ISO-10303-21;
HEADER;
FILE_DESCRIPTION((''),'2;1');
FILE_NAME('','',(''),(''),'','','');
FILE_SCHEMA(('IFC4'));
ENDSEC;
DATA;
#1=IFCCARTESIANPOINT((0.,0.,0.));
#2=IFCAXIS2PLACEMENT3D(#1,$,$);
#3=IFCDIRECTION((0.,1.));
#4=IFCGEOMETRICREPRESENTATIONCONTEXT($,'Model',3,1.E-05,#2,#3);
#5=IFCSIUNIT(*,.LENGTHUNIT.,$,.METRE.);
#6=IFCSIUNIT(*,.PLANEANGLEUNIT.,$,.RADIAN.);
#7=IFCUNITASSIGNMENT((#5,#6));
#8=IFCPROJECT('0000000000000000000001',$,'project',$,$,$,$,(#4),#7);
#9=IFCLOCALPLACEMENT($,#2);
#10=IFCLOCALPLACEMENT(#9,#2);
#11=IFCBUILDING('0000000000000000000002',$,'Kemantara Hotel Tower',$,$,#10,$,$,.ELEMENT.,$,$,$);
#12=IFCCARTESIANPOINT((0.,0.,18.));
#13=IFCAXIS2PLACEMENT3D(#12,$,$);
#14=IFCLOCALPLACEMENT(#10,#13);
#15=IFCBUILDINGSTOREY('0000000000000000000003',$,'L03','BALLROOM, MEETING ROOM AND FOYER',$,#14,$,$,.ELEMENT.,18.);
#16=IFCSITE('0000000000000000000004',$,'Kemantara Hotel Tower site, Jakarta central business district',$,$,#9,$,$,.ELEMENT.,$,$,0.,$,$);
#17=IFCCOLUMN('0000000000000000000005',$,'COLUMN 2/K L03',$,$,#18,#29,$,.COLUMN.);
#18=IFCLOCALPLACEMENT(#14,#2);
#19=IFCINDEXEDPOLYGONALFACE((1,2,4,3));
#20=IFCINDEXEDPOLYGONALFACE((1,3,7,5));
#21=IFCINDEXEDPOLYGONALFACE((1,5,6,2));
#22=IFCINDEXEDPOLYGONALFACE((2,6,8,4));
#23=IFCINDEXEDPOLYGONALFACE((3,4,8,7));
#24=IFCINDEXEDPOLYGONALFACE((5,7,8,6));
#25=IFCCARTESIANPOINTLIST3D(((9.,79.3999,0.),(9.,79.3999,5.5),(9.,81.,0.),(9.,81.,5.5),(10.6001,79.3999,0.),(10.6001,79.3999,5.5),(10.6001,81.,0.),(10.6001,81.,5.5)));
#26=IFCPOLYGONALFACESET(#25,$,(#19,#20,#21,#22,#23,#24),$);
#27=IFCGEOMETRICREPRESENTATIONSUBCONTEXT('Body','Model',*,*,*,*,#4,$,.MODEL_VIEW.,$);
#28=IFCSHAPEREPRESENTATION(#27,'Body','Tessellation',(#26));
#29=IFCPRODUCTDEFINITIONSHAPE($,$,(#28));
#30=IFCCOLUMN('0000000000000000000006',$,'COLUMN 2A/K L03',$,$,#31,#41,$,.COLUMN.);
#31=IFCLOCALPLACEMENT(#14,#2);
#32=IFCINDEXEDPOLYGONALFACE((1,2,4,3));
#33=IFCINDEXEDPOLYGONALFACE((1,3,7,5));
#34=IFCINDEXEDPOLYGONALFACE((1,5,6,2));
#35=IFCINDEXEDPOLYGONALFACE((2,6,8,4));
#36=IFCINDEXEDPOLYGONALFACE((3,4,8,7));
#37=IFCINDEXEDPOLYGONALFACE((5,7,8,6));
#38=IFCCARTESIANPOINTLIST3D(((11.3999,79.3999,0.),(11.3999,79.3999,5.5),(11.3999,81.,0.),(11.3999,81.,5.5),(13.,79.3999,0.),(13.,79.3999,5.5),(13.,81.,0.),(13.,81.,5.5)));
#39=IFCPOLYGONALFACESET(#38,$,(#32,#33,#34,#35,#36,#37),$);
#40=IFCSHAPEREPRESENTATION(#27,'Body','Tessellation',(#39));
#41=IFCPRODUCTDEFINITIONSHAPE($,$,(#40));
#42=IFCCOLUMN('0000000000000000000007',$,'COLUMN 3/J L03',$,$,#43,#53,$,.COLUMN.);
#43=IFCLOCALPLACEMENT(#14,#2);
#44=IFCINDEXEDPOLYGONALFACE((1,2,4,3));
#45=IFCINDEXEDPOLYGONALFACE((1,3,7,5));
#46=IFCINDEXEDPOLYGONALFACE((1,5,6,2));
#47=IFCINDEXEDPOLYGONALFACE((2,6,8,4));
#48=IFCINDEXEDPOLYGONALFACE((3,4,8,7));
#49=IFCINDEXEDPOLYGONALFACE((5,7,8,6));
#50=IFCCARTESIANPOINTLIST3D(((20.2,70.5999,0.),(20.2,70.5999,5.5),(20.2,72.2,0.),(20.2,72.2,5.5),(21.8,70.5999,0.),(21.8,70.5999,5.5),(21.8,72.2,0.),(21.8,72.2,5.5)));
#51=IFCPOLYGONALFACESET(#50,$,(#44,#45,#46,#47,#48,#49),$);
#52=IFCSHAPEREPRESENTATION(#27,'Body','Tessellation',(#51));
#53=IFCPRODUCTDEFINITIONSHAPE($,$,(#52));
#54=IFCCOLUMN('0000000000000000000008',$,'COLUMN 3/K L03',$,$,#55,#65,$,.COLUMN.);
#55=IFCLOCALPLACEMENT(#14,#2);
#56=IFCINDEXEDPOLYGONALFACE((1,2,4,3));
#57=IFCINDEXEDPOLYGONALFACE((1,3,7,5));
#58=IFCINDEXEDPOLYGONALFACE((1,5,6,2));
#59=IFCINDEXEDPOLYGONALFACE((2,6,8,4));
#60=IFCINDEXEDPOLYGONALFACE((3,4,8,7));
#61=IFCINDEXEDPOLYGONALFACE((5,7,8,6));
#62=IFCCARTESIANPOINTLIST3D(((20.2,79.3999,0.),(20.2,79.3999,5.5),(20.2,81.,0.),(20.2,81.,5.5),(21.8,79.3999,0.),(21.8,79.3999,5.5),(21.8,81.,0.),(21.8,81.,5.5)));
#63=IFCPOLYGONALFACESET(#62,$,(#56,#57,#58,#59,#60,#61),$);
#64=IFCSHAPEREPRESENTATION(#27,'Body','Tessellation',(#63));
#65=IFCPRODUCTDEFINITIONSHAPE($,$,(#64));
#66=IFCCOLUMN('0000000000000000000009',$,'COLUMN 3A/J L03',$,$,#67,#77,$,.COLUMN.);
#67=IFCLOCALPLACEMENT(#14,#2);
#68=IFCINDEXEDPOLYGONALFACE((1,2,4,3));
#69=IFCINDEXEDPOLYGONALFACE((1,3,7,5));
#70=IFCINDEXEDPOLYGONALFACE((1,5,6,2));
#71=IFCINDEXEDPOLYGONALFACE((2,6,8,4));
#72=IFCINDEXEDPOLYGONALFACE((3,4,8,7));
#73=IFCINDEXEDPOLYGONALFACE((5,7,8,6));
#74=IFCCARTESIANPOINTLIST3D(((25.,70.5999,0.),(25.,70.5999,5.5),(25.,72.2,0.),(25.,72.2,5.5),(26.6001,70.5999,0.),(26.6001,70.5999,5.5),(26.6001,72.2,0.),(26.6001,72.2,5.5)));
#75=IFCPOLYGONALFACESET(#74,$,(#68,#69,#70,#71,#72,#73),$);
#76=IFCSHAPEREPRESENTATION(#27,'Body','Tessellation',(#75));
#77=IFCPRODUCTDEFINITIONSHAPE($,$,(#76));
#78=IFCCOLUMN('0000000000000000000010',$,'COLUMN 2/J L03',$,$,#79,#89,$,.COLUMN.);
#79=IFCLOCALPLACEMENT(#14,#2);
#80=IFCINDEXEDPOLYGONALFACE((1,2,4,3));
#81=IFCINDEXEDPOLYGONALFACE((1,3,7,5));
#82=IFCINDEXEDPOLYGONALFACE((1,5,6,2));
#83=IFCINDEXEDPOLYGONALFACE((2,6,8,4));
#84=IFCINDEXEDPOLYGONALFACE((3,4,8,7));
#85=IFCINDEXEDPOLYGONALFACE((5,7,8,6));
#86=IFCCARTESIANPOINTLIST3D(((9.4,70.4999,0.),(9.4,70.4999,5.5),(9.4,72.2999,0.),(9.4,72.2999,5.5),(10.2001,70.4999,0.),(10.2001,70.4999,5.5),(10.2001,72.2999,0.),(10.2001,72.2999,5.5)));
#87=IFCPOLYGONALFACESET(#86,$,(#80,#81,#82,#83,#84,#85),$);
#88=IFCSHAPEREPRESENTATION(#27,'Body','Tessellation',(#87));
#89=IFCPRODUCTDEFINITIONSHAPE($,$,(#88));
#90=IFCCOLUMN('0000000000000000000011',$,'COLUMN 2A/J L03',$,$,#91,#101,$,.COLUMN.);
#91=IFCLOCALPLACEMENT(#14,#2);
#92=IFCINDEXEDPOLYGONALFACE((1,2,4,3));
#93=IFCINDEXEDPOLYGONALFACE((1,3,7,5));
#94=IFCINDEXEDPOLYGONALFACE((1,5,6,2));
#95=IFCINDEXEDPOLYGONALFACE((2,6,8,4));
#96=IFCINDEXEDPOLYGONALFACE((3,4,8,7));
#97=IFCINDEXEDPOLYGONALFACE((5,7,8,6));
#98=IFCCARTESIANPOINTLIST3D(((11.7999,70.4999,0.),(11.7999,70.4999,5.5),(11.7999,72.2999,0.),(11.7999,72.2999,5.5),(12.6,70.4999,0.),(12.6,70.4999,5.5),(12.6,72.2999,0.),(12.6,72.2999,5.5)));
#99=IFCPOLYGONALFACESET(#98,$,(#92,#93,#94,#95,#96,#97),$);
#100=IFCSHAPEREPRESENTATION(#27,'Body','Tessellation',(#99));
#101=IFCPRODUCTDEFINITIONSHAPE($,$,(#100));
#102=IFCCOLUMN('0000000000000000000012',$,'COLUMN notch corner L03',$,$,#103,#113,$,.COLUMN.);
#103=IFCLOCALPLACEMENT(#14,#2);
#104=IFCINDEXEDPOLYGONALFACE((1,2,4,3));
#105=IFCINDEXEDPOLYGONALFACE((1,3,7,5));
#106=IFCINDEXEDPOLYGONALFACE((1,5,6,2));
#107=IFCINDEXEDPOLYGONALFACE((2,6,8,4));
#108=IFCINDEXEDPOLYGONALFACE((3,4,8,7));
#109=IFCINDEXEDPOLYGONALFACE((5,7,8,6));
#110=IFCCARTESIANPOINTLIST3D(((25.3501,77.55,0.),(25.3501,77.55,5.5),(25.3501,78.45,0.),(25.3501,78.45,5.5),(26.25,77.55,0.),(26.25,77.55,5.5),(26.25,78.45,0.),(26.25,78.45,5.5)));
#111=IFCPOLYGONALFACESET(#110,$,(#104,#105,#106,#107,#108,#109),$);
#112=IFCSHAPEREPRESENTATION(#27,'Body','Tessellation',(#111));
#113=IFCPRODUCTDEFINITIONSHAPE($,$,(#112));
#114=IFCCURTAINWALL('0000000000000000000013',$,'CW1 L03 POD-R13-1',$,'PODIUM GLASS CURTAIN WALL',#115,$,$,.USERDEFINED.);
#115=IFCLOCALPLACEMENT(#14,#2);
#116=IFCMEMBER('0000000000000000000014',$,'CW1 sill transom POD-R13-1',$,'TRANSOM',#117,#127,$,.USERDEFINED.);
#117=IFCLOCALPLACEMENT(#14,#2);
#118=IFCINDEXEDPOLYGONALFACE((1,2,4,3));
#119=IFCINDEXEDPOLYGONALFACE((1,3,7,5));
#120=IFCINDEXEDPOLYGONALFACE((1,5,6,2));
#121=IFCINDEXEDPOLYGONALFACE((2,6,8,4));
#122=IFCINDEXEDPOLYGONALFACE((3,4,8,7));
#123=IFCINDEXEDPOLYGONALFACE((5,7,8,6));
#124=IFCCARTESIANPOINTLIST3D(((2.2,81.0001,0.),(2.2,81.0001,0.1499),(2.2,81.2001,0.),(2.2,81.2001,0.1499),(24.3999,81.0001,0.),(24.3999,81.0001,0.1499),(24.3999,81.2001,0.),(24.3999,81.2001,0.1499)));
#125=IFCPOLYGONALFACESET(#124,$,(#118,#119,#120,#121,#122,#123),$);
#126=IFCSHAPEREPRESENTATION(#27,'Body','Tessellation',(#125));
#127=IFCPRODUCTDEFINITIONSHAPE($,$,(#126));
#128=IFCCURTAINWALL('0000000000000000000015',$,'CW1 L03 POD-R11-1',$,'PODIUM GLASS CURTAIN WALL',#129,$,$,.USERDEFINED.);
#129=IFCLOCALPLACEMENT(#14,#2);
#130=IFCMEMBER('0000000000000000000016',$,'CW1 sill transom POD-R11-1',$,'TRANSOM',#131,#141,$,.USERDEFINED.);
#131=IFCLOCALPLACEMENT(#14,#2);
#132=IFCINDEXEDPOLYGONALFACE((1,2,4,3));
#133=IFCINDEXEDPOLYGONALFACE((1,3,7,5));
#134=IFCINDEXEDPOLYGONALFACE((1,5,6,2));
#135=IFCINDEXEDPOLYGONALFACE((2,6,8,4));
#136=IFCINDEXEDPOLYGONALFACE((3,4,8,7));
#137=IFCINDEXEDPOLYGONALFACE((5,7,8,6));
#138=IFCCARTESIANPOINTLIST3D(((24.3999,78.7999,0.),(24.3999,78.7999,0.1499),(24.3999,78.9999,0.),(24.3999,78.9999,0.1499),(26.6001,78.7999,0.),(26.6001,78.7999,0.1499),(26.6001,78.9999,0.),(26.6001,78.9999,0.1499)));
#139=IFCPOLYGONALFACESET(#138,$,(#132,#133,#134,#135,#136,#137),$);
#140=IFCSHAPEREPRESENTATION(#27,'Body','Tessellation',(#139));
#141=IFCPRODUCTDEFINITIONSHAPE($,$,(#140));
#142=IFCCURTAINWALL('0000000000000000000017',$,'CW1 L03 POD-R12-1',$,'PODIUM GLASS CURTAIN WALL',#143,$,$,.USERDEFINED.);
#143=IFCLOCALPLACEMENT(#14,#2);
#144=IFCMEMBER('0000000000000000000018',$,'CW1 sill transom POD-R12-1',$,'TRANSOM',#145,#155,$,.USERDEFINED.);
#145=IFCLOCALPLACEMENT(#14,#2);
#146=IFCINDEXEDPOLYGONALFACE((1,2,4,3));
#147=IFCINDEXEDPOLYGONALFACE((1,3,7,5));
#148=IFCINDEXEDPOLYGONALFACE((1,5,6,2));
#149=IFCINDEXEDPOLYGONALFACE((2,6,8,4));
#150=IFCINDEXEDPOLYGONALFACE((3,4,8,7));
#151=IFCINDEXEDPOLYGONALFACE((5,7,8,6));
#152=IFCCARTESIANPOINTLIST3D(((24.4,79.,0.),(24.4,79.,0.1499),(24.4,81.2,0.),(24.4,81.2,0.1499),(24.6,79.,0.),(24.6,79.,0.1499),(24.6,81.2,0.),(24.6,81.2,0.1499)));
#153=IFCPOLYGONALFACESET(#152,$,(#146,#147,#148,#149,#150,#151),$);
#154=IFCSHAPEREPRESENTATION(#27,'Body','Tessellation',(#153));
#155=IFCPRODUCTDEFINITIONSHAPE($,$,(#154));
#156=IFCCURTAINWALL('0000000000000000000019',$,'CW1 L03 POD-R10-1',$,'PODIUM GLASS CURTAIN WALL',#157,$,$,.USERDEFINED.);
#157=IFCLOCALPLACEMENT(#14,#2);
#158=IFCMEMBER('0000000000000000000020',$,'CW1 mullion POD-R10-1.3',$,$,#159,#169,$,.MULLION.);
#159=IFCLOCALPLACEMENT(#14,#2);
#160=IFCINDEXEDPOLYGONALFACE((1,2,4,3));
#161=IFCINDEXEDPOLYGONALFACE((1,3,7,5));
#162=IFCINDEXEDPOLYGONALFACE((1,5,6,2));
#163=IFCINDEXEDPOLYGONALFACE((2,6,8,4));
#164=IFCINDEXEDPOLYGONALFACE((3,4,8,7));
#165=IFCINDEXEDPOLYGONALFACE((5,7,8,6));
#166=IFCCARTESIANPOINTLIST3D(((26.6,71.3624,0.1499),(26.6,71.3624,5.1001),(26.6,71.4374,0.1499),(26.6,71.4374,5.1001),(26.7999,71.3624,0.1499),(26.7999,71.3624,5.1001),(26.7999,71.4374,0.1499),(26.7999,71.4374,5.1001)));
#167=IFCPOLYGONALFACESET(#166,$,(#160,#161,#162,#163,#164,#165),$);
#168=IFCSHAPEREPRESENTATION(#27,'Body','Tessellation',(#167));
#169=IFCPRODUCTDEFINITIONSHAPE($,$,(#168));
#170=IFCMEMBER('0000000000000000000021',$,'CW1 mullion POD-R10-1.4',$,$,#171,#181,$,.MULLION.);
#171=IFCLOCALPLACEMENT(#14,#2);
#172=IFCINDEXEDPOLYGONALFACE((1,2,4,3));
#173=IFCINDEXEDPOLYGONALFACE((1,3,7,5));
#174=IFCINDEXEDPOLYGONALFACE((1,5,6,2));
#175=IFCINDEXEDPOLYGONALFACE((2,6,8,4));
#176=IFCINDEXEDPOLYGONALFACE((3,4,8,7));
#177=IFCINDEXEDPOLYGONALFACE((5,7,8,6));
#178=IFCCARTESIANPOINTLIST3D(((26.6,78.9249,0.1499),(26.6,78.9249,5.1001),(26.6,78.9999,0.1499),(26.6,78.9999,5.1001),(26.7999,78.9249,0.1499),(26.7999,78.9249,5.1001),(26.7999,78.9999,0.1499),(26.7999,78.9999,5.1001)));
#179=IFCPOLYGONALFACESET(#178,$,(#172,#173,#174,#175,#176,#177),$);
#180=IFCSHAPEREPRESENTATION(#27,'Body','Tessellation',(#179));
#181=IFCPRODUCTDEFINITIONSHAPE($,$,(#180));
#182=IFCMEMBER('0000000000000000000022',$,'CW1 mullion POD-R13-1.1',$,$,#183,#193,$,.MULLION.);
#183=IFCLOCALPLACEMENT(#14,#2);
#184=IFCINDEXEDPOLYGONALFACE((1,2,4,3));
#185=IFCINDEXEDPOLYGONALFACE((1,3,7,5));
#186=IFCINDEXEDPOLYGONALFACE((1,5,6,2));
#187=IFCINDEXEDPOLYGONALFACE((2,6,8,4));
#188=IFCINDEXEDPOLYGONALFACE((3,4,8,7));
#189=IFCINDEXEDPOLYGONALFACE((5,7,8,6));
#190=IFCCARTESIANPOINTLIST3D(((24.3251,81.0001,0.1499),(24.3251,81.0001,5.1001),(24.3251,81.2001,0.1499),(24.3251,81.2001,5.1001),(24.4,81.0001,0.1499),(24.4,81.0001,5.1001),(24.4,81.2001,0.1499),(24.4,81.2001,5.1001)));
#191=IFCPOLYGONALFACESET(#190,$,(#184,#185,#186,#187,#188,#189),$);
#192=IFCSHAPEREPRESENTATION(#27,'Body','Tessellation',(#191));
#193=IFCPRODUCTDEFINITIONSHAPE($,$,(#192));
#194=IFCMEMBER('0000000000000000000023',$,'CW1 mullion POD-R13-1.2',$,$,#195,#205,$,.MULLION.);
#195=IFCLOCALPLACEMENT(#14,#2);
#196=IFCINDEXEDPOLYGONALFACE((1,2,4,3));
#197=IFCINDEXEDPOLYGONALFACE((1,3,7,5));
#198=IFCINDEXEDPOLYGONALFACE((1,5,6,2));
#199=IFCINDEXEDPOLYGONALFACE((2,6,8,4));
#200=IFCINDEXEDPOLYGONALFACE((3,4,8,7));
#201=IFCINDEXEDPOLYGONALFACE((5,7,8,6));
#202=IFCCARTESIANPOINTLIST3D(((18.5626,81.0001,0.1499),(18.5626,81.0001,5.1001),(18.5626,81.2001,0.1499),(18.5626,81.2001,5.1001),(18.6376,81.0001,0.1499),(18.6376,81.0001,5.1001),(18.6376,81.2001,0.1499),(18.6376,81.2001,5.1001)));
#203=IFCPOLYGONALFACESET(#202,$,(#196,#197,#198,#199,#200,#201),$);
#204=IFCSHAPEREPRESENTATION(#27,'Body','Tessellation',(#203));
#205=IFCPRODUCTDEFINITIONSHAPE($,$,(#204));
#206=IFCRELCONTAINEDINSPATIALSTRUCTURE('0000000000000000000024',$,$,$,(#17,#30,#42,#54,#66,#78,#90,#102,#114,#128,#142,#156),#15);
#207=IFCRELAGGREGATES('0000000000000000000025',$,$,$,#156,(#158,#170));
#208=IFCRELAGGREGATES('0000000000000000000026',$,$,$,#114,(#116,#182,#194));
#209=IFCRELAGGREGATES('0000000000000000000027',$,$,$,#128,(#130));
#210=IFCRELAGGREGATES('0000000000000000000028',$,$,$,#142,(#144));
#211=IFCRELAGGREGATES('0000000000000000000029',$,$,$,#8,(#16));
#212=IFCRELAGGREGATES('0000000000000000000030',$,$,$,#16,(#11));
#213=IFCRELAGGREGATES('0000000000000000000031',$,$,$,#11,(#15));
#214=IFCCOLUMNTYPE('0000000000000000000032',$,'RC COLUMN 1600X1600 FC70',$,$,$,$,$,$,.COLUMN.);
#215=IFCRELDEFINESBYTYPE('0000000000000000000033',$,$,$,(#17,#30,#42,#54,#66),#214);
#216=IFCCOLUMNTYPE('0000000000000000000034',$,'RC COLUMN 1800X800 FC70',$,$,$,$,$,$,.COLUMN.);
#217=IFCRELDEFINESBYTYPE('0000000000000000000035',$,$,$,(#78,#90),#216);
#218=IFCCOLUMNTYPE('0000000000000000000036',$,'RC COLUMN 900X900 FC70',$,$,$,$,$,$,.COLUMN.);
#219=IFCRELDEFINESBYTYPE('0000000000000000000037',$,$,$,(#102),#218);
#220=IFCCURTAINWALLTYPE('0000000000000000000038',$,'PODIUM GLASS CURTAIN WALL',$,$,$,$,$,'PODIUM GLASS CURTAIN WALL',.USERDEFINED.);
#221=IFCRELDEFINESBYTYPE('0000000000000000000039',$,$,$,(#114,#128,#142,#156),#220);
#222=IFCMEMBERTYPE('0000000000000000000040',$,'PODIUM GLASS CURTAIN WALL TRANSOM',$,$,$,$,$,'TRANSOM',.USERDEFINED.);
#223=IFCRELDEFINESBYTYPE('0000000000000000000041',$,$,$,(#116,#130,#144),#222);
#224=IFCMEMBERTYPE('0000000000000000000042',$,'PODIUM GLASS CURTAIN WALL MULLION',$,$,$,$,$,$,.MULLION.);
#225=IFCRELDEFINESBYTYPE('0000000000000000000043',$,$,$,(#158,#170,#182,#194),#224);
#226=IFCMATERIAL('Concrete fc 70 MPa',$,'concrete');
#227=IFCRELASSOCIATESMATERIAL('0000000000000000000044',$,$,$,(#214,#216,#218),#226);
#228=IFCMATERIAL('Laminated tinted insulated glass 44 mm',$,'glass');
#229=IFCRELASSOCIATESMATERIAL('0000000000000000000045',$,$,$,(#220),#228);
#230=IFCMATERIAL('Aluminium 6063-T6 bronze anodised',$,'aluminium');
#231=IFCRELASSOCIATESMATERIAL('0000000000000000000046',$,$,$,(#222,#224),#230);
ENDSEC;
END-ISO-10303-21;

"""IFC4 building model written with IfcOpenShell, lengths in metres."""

from ifc_helpers import new_model, si_unit, direction, frame, origin, origin_2d, place, context, subcontext, project, spatial, rectangle, extrude, source, transform, mapped, material, material_profile, profile_set, type_object, element, aggregate, save


model = new_model("IFC4")

# Units and contexts
model_context = context("Model", 3, precision=1e-05, world=origin(), true_north=direction((0.0, 1.0)))
body_context = subcontext(model_context, "Body", "Model", "MODEL_VIEW")
ifc_project = project(units=[si_unit("LENGTHUNIT", "METRE"), si_unit("PLANEANGLEUNIT", "RADIAN")], contexts=[model_context])

# Site, building, storey
site_placement = place(None, origin())
site = spatial("IfcSite", under=ifc_project, at=site_placement, Name="Kemantara Hotel Tower site, Jakarta central business district", CompositionType="ELEMENT", RefElevation=0.0)
building_placement = place(site_placement, origin())
building = spatial("IfcBuilding", under=site, at=building_placement, Name="Kemantara Hotel Tower", CompositionType="ELEMENT")
storey_placement = place(building_placement, frame((0.0, 0.0, 18.0)))
storey = spatial("IfcBuildingStorey", under=building, at=storey_placement, Name="L03", Description="BALLROOM, MEETING ROOM AND FOYER", CompositionType="ELEMENT", Elevation=18.0)

# Columns
ifc_material_1 = material(Name="Concrete fc 70 MPa", Category="concrete")
ifc_material_profile_1 = material_profile(ifc_material_1, rectangle(XDim=1.6001, YDim=1.6001, at=origin_2d()), Name="RC 1600X1600")
ifc_profile_set_1 = profile_set([ifc_material_profile_1], Name="Concrete fc 70 MPa")
column_type_1 = type_object("IfcColumnType", Name="RC COLUMN 1600X1600 FC70", PredefinedType="COLUMN", material=ifc_profile_set_1)
for number, where, z_axis, x_axis, name in (
    (1, (9.8, 80.2, 0.0), (0.0, 0.0, 1.0), (1.0, 0.0, 0.0), "COLUMN 2/K L03"),
    (2, (12.2, 80.2, 0.0), (0.0, 0.0, 1.0), (1.0, 0.0, 0.0), "COLUMN 2A/K L03"),
    (3, (21.0, 71.3999, 0.0), (0.0, 0.0, 1.0), (1.0, 0.0, 0.0), "COLUMN 3/J L03"),
    (4, (21.0, 80.2, 0.0), (0.0, 0.0, 1.0), (1.0, 0.0, 0.0), "COLUMN 3/K L03"),
    (5, (25.8, 71.3999, 0.0), (0.0, 0.0, 1.0), (1.0, 0.0, 0.0), "COLUMN 3A/J L03"),
):
    element("IfcColumn", number, at=place(storey_placement, frame(where, z_axis=z_axis, x_axis=x_axis)), inside=storey, type_object=column_type_1, Name=name, PredefinedType="COLUMN", context=body_context, shape_type="SweptSolid", body=[
        extrude(rectangle(XDim=1.6001, YDim=1.6001, at=origin_2d()), origin(), (0.0, 0.0, 1.0), 5.5),
    ])
ifc_material_profile_2 = material_profile(ifc_material_1, rectangle(XDim=1.8, YDim=0.8, at=origin_2d()), Name="RC 1800X800")
ifc_profile_set_2 = profile_set([ifc_material_profile_2], Name="Concrete fc 70 MPa")
column_type_2 = type_object("IfcColumnType", Name="RC COLUMN 1800X800 FC70", PredefinedType="COLUMN", material=ifc_profile_set_2)
for number, where, z_axis, x_axis, name in (
    (6, (9.8, 71.3999, 0.0), (0.0, 0.0, 1.0), (0.0, 1.0, 0.0), "COLUMN 2/J L03"),
    (7, (12.2, 71.3999, 0.0), (0.0, 0.0, 1.0), (0.0, 1.0, 0.0), "COLUMN 2A/J L03"),
):
    element("IfcColumn", number, at=place(storey_placement, frame(where, z_axis=z_axis, x_axis=x_axis)), inside=storey, type_object=column_type_2, Name=name, PredefinedType="COLUMN", context=body_context, shape_type="SweptSolid", body=[
        extrude(rectangle(XDim=1.8, YDim=0.8, at=origin_2d()), origin(), (0.0, 0.0, 1.0), 5.5),
    ])
ifc_material_profile_3 = material_profile(ifc_material_1, rectangle(XDim=0.8999, YDim=0.8999, at=origin_2d()), Name="RC 900X900")
ifc_profile_set_3 = profile_set([ifc_material_profile_3], Name="Concrete fc 70 MPa")
column_type_3 = type_object("IfcColumnType", Name="RC COLUMN 900X900 FC70", PredefinedType="COLUMN", material=ifc_profile_set_3)
column_placement = place(storey_placement, frame((25.8, 78.0, 0.0), z_axis=(0.0, 0.0, 1.0), x_axis=(1.0, 0.0, 0.0)))
element("IfcColumn", 8, at=column_placement, inside=storey, type_object=column_type_3, Name="COLUMN notch corner L03", PredefinedType="COLUMN", context=body_context, shape_type="SweptSolid", body=[
    extrude(rectangle(XDim=0.8999, YDim=0.8999, at=origin_2d()), origin(), (0.0, 0.0, 1.0), 5.5),
])

# Curtain walls, members
ifc_material_2 = material(Name="Laminated tinted insulated glass 44 mm", Category="glass")
curtain_wall_type = type_object("IfcCurtainWallType", Name="PODIUM GLASS CURTAIN WALL", ElementType="PODIUM GLASS CURTAIN WALL", PredefinedType="USERDEFINED", material=ifc_material_2)
curtain_wall_1_placement = place(storey_placement, origin())
curtain_wall_1 = element("IfcCurtainWall", 9, at=curtain_wall_1_placement, inside=storey, type_object=curtain_wall_type, Name="CW1 L03 POD-R13-1", ObjectType="PODIUM GLASS CURTAIN WALL", PredefinedType="USERDEFINED")
ifc_material_3 = material(Name="Aluminium 6063-T6 bronze anodised", Category="aluminium")
ifc_material_profile_4 = material_profile(ifc_material_3, rectangle(XDim=0.2, YDim=0.1499, at=origin_2d()), Name="PODIUM GLASS CURTAIN WALL TRANSOM")
ifc_profile_set_4 = profile_set([ifc_material_profile_4], Name="Aluminium 6063-T6 bronze anodised")
member_type_1 = type_object("IfcMemberType", Name="PODIUM GLASS CURTAIN WALL TRANSOM", ElementType="TRANSOM", PredefinedType="USERDEFINED", material=ifc_profile_set_4)
member_1_placement = place(storey_placement, frame((24.3999, 81.1001, 0.075), z_axis=(-1.0, 0.0, 0.0), x_axis=(0.0, -1.0, 0.0)))
member_1 = element("IfcMember", 10, at=member_1_placement, type_object=member_type_1, Name="CW1 sill transom POD-R13-1", ObjectType="TRANSOM", PredefinedType="USERDEFINED", context=body_context, shape_type="SweptSolid", body=[
    extrude(rectangle(XDim=0.2, YDim=0.1499, at=origin_2d()), origin(), (0.0, 0.0, 1.0), 22.2),
])
curtain_wall_2_placement = place(storey_placement, origin())
curtain_wall_2 = element("IfcCurtainWall", 11, at=curtain_wall_2_placement, inside=storey, type_object=curtain_wall_type, Name="CW1 L03 POD-R11-1", ObjectType="PODIUM GLASS CURTAIN WALL", PredefinedType="USERDEFINED")
member_2_placement = place(storey_placement, frame((26.6001, 78.8999, 0.075), z_axis=(-1.0, 0.0, 0.0), x_axis=(0.0, -1.0, 0.0)))
member_2 = element("IfcMember", 12, at=member_2_placement, type_object=member_type_1, Name="CW1 sill transom POD-R11-1", ObjectType="TRANSOM", PredefinedType="USERDEFINED", context=body_context, shape_type="SweptSolid", body=[
    extrude(rectangle(XDim=0.2, YDim=0.1499, at=origin_2d()), origin(), (0.0, 0.0, 1.0), 2.2002),
])
curtain_wall_3_placement = place(storey_placement, origin())
curtain_wall_3 = element("IfcCurtainWall", 13, at=curtain_wall_3_placement, inside=storey, type_object=curtain_wall_type, Name="CW1 L03 POD-R12-1", ObjectType="PODIUM GLASS CURTAIN WALL", PredefinedType="USERDEFINED")
member_3_placement = place(storey_placement, frame((24.5, 79.0, 0.075), z_axis=(0.0, 1.0, 0.0), x_axis=(-1.0, 0.0, 0.0)))
member_3 = element("IfcMember", 14, at=member_3_placement, type_object=member_type_1, Name="CW1 sill transom POD-R12-1", ObjectType="TRANSOM", PredefinedType="USERDEFINED", context=body_context, shape_type="SweptSolid", body=[
    extrude(rectangle(XDim=0.2, YDim=0.1499, at=origin_2d()), origin(), (0.0, 0.0, 1.0), 2.2),
])

# Curtain wall, members
curtain_wall_4_placement = place(storey_placement, origin())
curtain_wall_4 = element("IfcCurtainWall", 15, at=curtain_wall_4_placement, inside=storey, type_object=curtain_wall_type, Name="CW1 L03 POD-R10-1", ObjectType="PODIUM GLASS CURTAIN WALL", PredefinedType="USERDEFINED")
ifc_material_profile_5 = material_profile(ifc_material_3, rectangle(XDim=0.2, YDim=0.075, at=origin_2d()), Name="PODIUM GLASS CURTAIN WALL MULLION")
ifc_profile_set_5 = profile_set([ifc_material_profile_5], Name="Aluminium 6063-T6 bronze anodised")
member_type_2 = type_object("IfcMemberType", Name="PODIUM GLASS CURTAIN WALL MULLION", PredefinedType="MULLION", material=ifc_profile_set_5)
shared_shape_1 = source(origin(), body_context, "Body", "SweptSolid", [
    extrude(rectangle(XDim=0.2, YDim=0.075, at=origin_2d()), origin(), (0.0, 0.0, 1.0), 4.9502),
])
member_4_placement = place(storey_placement, frame((26.7, 71.3999, 0.1499), z_axis=(0.0, 0.0, 1.0), x_axis=(-1.0, 0.0, 0.0)))
member_4 = element("IfcMember", 16, at=member_4_placement, type_object=member_type_2, Name="CW1 mullion POD-R10-1.3", PredefinedType="MULLION", context=body_context, shape_type="MappedRepresentation", body=[
    mapped(shared_shape_1, transform((0.0, 0.0, 0.0))),
])
member_5_placement = place(storey_placement, frame((26.7, 78.9624, 0.1499), z_axis=(0.0, 0.0, 1.0), x_axis=(-1.0, 0.0, 0.0)))
member_5 = element("IfcMember", 17, at=member_5_placement, type_object=member_type_2, Name="CW1 mullion POD-R10-1.4", PredefinedType="MULLION", context=body_context, shape_type="MappedRepresentation", body=[
    mapped(shared_shape_1, transform((0.0, 0.0, 0.0))),
])

# Members
member_6_placement = place(storey_placement, frame((24.3625, 81.1001, 0.1499), z_axis=(0.0, 0.0, 1.0), x_axis=(0.0, -1.0, 0.0)))
member_6 = element("IfcMember", 18, at=member_6_placement, type_object=member_type_2, Name="CW1 mullion POD-R13-1.1", PredefinedType="MULLION", context=body_context, shape_type="MappedRepresentation", body=[
    mapped(shared_shape_1, transform((0.0, 0.0, 0.0))),
])
member_7_placement = place(storey_placement, frame((18.6001, 81.1001, 0.1499), z_axis=(0.0, 0.0, 1.0), x_axis=(0.0, -1.0, 0.0)))
member_7 = element("IfcMember", 19, at=member_7_placement, type_object=member_type_2, Name="CW1 mullion POD-R13-1.2", PredefinedType="MULLION", context=body_context, shape_type="MappedRepresentation", body=[
    mapped(shared_shape_1, transform((0.0, 0.0, 0.0))),
])

aggregate(curtain_wall_4, [member_4, member_5])
aggregate(curtain_wall_1, [member_1, member_6, member_7])
aggregate(curtain_wall_2, [member_2])
aggregate(curtain_wall_3, [member_3])

save(model, "model.ifc")
